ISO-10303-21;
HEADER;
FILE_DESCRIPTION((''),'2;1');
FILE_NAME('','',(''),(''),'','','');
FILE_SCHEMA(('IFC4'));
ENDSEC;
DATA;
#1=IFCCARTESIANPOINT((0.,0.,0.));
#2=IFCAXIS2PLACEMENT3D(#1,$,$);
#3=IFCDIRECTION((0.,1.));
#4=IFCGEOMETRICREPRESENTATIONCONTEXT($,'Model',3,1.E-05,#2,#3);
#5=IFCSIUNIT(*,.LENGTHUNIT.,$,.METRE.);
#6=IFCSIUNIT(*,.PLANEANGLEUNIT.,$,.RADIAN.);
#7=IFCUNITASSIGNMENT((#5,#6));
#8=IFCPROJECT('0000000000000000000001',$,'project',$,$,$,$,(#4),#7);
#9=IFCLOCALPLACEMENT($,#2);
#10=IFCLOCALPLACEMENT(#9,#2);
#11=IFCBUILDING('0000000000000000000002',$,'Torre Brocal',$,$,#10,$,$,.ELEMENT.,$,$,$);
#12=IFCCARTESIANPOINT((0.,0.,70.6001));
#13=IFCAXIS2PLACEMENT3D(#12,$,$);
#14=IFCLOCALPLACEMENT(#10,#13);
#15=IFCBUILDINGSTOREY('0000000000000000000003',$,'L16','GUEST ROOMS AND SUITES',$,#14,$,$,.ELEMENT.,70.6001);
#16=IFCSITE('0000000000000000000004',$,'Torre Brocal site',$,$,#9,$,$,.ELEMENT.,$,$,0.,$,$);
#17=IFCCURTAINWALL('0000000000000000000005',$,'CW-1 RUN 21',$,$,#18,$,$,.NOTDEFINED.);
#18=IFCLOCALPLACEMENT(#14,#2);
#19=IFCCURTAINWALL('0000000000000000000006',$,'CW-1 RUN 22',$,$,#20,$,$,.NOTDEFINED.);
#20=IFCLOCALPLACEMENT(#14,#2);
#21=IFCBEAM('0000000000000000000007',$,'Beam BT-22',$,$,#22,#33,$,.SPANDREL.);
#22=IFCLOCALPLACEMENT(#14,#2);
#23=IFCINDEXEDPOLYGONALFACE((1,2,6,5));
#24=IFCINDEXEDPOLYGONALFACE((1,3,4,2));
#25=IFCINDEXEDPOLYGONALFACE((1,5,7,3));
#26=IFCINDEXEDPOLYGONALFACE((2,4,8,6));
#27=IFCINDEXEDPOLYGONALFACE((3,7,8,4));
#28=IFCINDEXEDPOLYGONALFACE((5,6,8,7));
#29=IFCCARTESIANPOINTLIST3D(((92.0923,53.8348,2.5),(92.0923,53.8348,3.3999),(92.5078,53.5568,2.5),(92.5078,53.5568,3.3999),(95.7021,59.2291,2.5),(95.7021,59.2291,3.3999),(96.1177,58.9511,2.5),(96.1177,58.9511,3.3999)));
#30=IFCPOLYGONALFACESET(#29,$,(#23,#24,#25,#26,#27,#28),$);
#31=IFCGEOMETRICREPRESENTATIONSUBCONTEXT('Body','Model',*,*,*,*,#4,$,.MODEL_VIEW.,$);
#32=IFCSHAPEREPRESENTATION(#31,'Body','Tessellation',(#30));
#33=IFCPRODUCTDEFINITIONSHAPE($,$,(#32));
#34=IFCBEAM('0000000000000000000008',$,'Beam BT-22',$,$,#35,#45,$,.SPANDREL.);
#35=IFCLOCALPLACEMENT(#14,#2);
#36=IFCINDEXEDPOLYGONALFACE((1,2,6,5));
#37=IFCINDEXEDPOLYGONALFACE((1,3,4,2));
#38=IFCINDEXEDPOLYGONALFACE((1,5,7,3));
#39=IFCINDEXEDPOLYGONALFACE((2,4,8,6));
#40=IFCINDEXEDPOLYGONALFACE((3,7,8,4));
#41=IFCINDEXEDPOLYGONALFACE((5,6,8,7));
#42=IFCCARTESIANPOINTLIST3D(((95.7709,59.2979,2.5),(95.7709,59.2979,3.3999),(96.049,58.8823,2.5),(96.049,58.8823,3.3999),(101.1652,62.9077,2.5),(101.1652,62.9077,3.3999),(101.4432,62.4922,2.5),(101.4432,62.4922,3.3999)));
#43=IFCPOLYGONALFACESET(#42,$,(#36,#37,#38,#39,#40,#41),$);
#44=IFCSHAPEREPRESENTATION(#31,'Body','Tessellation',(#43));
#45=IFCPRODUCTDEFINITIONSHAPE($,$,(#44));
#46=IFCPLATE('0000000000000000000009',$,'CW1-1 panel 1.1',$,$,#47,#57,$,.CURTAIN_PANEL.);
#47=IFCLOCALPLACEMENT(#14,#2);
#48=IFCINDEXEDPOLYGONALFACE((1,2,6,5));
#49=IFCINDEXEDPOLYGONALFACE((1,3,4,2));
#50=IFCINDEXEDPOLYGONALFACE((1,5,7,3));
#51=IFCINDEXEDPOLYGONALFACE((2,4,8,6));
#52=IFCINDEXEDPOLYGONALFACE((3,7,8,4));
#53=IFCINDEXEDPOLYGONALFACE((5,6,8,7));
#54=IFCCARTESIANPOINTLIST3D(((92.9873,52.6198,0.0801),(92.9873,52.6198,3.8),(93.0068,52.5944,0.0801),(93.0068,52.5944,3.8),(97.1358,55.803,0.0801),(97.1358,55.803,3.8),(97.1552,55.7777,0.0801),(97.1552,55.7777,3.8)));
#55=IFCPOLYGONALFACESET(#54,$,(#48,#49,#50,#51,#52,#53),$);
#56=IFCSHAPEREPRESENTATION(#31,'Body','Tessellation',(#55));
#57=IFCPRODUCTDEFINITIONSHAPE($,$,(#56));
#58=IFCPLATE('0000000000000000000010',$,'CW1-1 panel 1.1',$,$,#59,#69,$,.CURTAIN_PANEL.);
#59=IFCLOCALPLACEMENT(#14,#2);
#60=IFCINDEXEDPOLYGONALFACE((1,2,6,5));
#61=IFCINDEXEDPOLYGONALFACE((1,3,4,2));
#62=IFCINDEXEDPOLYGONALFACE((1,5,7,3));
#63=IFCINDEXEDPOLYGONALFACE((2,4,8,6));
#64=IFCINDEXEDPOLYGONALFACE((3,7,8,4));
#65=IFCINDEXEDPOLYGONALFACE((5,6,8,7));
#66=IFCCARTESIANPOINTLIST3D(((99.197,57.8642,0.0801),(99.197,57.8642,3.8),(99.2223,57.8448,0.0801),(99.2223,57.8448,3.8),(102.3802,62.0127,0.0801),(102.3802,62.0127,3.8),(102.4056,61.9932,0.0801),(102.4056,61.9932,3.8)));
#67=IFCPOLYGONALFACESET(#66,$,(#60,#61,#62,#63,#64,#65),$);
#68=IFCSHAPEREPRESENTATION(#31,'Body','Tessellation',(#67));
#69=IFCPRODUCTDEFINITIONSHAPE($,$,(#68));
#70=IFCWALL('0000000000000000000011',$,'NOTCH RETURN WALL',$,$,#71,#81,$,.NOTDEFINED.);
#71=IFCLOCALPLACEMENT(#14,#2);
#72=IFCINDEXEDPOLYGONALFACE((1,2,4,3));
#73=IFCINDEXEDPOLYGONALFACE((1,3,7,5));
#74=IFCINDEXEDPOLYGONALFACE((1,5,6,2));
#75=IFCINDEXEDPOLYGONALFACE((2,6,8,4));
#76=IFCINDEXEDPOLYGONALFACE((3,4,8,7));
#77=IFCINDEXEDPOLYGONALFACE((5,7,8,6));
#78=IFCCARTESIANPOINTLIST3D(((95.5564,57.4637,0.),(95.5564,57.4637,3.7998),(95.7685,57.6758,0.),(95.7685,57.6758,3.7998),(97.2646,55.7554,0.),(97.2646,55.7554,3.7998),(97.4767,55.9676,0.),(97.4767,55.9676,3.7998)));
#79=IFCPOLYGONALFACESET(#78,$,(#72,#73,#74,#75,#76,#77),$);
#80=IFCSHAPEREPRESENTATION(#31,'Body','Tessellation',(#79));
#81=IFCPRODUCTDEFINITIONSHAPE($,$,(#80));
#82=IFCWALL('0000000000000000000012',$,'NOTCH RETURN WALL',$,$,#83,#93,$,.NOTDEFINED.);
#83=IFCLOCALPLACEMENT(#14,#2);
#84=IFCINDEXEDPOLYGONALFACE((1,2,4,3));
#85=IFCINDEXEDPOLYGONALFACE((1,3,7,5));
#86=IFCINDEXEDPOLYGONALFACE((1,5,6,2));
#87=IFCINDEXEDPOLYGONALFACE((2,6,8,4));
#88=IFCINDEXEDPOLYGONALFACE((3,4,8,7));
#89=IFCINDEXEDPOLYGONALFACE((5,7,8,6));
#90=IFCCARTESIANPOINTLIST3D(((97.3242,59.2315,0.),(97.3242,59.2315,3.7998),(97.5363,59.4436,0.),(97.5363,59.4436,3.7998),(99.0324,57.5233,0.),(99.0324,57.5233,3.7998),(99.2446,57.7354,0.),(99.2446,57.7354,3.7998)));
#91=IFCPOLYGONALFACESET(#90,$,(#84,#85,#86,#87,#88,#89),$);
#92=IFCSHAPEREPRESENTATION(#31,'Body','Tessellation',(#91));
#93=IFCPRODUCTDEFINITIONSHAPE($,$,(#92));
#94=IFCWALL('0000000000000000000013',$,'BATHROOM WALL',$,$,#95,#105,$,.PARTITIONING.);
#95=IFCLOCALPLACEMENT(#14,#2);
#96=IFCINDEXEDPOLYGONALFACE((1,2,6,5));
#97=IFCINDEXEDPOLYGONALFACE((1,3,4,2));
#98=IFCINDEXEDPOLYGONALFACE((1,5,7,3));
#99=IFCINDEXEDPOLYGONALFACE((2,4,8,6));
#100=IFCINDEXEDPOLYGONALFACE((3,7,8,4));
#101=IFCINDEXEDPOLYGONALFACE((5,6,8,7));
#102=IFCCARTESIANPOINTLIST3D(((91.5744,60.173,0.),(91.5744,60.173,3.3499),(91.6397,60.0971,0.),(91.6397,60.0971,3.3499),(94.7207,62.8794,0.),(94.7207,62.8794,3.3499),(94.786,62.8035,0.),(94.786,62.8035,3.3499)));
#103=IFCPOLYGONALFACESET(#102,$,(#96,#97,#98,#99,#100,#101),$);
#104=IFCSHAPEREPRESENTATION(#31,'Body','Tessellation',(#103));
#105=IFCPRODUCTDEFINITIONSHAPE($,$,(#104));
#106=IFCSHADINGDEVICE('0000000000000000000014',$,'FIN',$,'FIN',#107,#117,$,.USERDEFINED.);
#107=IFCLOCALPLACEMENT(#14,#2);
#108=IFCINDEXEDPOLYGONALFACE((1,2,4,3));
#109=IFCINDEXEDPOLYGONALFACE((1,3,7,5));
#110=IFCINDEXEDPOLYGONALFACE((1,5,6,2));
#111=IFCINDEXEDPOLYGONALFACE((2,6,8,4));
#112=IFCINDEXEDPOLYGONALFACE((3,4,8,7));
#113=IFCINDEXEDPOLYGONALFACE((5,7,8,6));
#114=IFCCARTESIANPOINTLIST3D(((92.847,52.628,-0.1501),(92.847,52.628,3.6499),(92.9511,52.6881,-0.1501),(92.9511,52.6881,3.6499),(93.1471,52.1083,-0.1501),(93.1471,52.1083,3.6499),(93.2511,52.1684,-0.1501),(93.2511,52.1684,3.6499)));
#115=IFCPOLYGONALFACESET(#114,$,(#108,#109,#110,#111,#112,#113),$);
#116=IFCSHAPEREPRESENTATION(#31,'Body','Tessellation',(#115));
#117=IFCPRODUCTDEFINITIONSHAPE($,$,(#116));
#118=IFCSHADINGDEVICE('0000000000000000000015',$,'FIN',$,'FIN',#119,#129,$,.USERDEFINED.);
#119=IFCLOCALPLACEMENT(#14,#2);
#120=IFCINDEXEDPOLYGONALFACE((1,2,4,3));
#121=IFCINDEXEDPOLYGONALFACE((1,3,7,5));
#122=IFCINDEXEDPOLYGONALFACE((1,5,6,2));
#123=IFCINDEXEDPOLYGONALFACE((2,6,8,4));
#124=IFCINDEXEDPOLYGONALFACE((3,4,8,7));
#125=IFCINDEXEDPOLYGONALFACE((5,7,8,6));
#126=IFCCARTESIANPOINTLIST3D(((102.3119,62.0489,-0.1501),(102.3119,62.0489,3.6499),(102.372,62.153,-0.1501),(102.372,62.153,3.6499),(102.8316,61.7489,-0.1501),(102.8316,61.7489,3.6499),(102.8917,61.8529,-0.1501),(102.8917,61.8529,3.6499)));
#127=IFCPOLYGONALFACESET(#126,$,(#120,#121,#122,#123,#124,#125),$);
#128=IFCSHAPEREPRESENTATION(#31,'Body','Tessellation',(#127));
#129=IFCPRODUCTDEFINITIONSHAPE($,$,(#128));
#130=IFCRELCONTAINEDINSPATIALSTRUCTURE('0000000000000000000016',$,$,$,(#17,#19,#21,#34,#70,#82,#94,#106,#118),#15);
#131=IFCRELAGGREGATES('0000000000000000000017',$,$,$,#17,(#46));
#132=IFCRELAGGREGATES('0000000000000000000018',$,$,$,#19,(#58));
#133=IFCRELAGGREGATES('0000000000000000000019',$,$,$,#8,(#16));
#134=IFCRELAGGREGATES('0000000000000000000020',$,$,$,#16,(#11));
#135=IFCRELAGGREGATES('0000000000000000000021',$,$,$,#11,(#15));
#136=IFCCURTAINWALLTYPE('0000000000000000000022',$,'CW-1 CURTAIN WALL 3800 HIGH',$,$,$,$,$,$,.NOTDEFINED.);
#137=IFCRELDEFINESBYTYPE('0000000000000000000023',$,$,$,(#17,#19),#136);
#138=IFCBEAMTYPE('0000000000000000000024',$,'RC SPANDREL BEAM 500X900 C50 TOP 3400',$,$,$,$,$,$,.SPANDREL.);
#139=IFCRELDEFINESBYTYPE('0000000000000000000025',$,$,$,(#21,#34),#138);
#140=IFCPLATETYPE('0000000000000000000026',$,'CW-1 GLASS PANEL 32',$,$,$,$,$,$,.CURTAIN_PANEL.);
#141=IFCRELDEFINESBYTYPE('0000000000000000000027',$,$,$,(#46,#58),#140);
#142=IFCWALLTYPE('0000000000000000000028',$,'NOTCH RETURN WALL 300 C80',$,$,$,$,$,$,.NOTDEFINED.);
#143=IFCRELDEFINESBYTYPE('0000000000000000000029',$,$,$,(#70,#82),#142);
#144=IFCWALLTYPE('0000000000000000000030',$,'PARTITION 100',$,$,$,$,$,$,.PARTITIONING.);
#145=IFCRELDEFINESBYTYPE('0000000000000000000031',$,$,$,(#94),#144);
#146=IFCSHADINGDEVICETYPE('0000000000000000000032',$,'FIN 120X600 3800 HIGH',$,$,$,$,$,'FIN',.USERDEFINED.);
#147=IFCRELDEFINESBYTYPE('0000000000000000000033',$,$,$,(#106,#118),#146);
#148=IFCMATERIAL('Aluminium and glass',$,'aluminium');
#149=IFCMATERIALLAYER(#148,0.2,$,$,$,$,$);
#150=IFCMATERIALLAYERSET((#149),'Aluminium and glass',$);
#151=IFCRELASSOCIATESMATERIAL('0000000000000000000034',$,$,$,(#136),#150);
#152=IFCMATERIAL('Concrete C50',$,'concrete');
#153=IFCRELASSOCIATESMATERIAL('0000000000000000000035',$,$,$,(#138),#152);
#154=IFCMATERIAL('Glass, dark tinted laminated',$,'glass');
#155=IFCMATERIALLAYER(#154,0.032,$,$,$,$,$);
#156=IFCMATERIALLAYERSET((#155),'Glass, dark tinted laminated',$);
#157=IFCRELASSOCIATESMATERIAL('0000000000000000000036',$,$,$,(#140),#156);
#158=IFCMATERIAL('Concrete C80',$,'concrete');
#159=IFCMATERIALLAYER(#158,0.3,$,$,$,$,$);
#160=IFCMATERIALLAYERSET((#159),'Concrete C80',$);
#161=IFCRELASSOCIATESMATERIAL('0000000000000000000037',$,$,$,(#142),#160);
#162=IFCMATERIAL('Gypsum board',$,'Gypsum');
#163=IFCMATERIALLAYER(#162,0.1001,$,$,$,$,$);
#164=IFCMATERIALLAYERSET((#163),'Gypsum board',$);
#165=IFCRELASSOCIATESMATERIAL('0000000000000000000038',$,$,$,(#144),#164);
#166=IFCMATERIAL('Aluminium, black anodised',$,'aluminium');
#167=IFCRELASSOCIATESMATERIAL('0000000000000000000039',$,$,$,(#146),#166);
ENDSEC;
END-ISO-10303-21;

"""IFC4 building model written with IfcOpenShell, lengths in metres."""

from ifc_helpers import new_model, si_unit, direction, frame, frame_2d, origin, origin_2d, place, context, subcontext, project, spatial, rectangle, extrude, material, layer, layer_set, material_profile, profile_set, type_object, element, aggregate, save


model = new_model("IFC4")

# Units and contexts
model_context = context("Model", 3, precision=1e-05, world=origin(), true_north=direction((0.0, 1.0)))
body_context = subcontext(model_context, "Body", "Model", "MODEL_VIEW")
ifc_project = project(units=[si_unit("LENGTHUNIT", "METRE"), si_unit("PLANEANGLEUNIT", "RADIAN")], contexts=[model_context])

# Site, building, storey
site_placement = place(None, origin())
site = spatial("IfcSite", under=ifc_project, at=site_placement, Name="Torre Brocal site", CompositionType="ELEMENT", RefElevation=0.0)
building_placement = place(site_placement, origin())
building = spatial("IfcBuilding", under=site, at=building_placement, Name="Torre Brocal", CompositionType="ELEMENT")
storey_placement = place(building_placement, frame((0.0, 0.0, 70.6001)))
storey = spatial("IfcBuildingStorey", under=building, at=storey_placement, Name="L16", Description="GUEST ROOMS AND SUITES", CompositionType="ELEMENT", Elevation=70.6001)

# Shared definitions
ifc_material_1 = material(Name="Aluminium and glass", Category="aluminium")
ifc_layer_1 = layer(ifc_material_1, 0.2)
ifc_layer_set_1 = layer_set([ifc_layer_1], Name="Aluminium and glass")
curtain_wall_type = type_object("IfcCurtainWallType", Name="CW-1 CURTAIN WALL 3800 HIGH", PredefinedType="NOTDEFINED", material=ifc_layer_set_1)

# Curtain walls
curtain_wall_1_placement = place(storey_placement, origin())
curtain_wall_1 = element("IfcCurtainWall", 1, at=curtain_wall_1_placement, inside=storey, type_object=curtain_wall_type, Name="CW-1 RUN 21", PredefinedType="NOTDEFINED")
curtain_wall_2_placement = place(storey_placement, origin())
curtain_wall_2 = element("IfcCurtainWall", 2, at=curtain_wall_2_placement, inside=storey, type_object=curtain_wall_type, Name="CW-1 RUN 22", PredefinedType="NOTDEFINED")

# Beams
ifc_material_2 = material(Name="Concrete C50", Category="concrete")
ifc_material_profile_1 = material_profile(ifc_material_2, rectangle(XDim=0.5, YDim=0.8999, at=origin_2d()), Name="RC 500X900")
ifc_profile_set_1 = profile_set([ifc_material_profile_1], Name="Concrete C50")
beam_type_1 = type_object("IfcBeamType", Name="RC SPANDREL BEAM 500X900 C50 TOP 3400", PredefinedType="SPANDREL", material=ifc_profile_set_1)
for number, where, z_axis, x_axis, name in (
    (3, (92.3, 53.6958, 2.95), (0.556158, 0.831077, 0.0), (-0.831077, 0.556158, 0.0), "Beam BT-22"),
    (4, (95.9099, 59.0901, 2.95), (0.831077, 0.556158, 0.0), (-0.556158, 0.831077, 0.0), "Beam BT-22"),
):
    element("IfcBeam", number, at=place(storey_placement, frame(where, z_axis=z_axis, x_axis=x_axis)), inside=storey, type_object=beam_type_1, Name=name, PredefinedType="SPANDREL", context=body_context, shape_type="SweptSolid", body=[
        extrude(rectangle(XDim=0.5, YDim=0.8999, at=origin_2d()), origin(), (0.0, 0.0, 1.0), 6.4907),
    ])

# Plates
ifc_material_3 = material(Name="Glass, dark tinted laminated", Category="glass")
ifc_layer_2 = layer(ifc_material_3, 0.032)
ifc_layer_set_2 = layer_set([ifc_layer_2], Name="Glass, dark tinted laminated")
plate_type = type_object("IfcPlateType", Name="CW-1 GLASS PANEL 32", PredefinedType="CURTAIN_PANEL", material=ifc_layer_set_2)
plate_1_placement = place(storey_placement, frame((95.0713, 54.1987, 0.0801), z_axis=(0.0, 0.0, 1.0), x_axis=(0.793353, 0.608761, 0.0)))
plate_1 = element("IfcPlate", 5, at=plate_1_placement, type_object=plate_type, Name="CW1-1 panel 1.1", PredefinedType="CURTAIN_PANEL", context=body_context, shape_type="SweptSolid", body=[
    extrude(rectangle(XDim=5.229, YDim=0.032, at=origin_2d()), origin(), (0.0, 0.0, 1.0), 3.72),
])
aggregate(curtain_wall_1, [plate_1])
plate_2_placement = place(storey_placement, frame((100.8013, 59.9287, 0.0801), z_axis=(0.0, 0.0, 1.0), x_axis=(0.608761, 0.793353, 0.0)))
plate_2 = element("IfcPlate", 6, at=plate_2_placement, type_object=plate_type, Name="CW1-1 panel 1.1", PredefinedType="CURTAIN_PANEL", context=body_context, shape_type="SweptSolid", body=[
    extrude(rectangle(XDim=5.229, YDim=0.032, at=origin_2d()), origin(), (0.0, 0.0, 1.0), 3.72),
])
aggregate(curtain_wall_2, [plate_2])

# Walls
ifc_material_4 = material(Name="Concrete C80", Category="concrete")
ifc_layer_3 = layer(ifc_material_4, 0.3)
ifc_layer_set_3 = layer_set([ifc_layer_3], Name="Concrete C80")
wall_type_1 = type_object("IfcWallType", Name="NOTCH RETURN WALL 300 C80", PredefinedType="NOTDEFINED", material=ifc_layer_set_3)
for number, where, z_axis, x_axis, name in (
    (7, (95.6624, 57.5698, 0.0), (0.0, 0.0, 1.0), (0.707107, -0.707107, 0.0), "NOTCH RETURN WALL"),
    (8, (97.4302, 59.3376, 0.0), (0.0, 0.0, 1.0), (0.707107, -0.707107, 0.0), "NOTCH RETURN WALL"),
):
    element("IfcWall", number, at=place(storey_placement, frame(where, z_axis=z_axis, x_axis=x_axis)), inside=storey, type_object=wall_type_1, Name=name, PredefinedType="NOTDEFINED", context=body_context, shape_type="SweptSolid", body=[
        extrude(rectangle(XDim=2.4158, YDim=0.3, at=frame_2d((1.208, 0.0))), origin(), (0.0, 0.0, 1.0), 3.7998),
    ])
ifc_material_5 = material(Name="Gypsum board", Category="Gypsum")
ifc_layer_4 = layer(ifc_material_5, 0.1001)
ifc_layer_set_4 = layer_set([ifc_layer_4], Name="Gypsum board")
wall_type_2 = type_object("IfcWallType", Name="PARTITION 100", PredefinedType="PARTITIONING", material=ifc_layer_set_4)
wall_placement = place(storey_placement, frame((91.6069, 60.135, 0.0), z_axis=(0.0, 0.0, 1.0), x_axis=(0.758122, 0.652113, 0.0)))
element("IfcWall", 9, at=wall_placement, inside=storey, type_object=wall_type_2, Name="BATHROOM WALL", PredefinedType="PARTITIONING", context=body_context, shape_type="SweptSolid", body=[
    extrude(rectangle(XDim=4.1501, YDim=0.1001, at=frame_2d((2.0752, 0.0))), origin(), (0.0, 0.0, 1.0), 3.3499),
])

# Shading devices
ifc_material_6 = material(Name="Aluminium, black anodised", Category="aluminium")
ifc_material_profile_2 = material_profile(ifc_material_6, rectangle(XDim=0.1201, YDim=0.6001, at=origin_2d()), Name="FIN 120X600 3800 HIGH")
ifc_profile_set_2 = profile_set([ifc_material_profile_2], Name="Aluminium, black anodised")
shading_device_type = type_object("IfcShadingDeviceType", Name="FIN 120X600 3800 HIGH", ElementType="FIN", PredefinedType="USERDEFINED", material=ifc_profile_set_2)
for number, where, z_axis, x_axis, name in (
    (10, (93.0491, 52.3982, -0.1501), (0.0, 0.0, 1.0), (0.866025, 0.5, 0.0), "FIN"),
    (11, (102.6018, 61.9509, -0.1501), (0.0, 0.0, 1.0), (0.5, 0.866025, 0.0), "FIN"),
):
    element("IfcShadingDevice", number, at=place(storey_placement, frame(where, z_axis=z_axis, x_axis=x_axis)), inside=storey, type_object=shading_device_type, Name=name, ObjectType="FIN", PredefinedType="USERDEFINED", context=body_context, shape_type="SweptSolid", body=[
        extrude(rectangle(XDim=0.1201, YDim=0.6001, at=origin_2d()), origin(), (0.0, 0.0, 1.0), 3.8),
    ])

save(model, "model.ifc")
